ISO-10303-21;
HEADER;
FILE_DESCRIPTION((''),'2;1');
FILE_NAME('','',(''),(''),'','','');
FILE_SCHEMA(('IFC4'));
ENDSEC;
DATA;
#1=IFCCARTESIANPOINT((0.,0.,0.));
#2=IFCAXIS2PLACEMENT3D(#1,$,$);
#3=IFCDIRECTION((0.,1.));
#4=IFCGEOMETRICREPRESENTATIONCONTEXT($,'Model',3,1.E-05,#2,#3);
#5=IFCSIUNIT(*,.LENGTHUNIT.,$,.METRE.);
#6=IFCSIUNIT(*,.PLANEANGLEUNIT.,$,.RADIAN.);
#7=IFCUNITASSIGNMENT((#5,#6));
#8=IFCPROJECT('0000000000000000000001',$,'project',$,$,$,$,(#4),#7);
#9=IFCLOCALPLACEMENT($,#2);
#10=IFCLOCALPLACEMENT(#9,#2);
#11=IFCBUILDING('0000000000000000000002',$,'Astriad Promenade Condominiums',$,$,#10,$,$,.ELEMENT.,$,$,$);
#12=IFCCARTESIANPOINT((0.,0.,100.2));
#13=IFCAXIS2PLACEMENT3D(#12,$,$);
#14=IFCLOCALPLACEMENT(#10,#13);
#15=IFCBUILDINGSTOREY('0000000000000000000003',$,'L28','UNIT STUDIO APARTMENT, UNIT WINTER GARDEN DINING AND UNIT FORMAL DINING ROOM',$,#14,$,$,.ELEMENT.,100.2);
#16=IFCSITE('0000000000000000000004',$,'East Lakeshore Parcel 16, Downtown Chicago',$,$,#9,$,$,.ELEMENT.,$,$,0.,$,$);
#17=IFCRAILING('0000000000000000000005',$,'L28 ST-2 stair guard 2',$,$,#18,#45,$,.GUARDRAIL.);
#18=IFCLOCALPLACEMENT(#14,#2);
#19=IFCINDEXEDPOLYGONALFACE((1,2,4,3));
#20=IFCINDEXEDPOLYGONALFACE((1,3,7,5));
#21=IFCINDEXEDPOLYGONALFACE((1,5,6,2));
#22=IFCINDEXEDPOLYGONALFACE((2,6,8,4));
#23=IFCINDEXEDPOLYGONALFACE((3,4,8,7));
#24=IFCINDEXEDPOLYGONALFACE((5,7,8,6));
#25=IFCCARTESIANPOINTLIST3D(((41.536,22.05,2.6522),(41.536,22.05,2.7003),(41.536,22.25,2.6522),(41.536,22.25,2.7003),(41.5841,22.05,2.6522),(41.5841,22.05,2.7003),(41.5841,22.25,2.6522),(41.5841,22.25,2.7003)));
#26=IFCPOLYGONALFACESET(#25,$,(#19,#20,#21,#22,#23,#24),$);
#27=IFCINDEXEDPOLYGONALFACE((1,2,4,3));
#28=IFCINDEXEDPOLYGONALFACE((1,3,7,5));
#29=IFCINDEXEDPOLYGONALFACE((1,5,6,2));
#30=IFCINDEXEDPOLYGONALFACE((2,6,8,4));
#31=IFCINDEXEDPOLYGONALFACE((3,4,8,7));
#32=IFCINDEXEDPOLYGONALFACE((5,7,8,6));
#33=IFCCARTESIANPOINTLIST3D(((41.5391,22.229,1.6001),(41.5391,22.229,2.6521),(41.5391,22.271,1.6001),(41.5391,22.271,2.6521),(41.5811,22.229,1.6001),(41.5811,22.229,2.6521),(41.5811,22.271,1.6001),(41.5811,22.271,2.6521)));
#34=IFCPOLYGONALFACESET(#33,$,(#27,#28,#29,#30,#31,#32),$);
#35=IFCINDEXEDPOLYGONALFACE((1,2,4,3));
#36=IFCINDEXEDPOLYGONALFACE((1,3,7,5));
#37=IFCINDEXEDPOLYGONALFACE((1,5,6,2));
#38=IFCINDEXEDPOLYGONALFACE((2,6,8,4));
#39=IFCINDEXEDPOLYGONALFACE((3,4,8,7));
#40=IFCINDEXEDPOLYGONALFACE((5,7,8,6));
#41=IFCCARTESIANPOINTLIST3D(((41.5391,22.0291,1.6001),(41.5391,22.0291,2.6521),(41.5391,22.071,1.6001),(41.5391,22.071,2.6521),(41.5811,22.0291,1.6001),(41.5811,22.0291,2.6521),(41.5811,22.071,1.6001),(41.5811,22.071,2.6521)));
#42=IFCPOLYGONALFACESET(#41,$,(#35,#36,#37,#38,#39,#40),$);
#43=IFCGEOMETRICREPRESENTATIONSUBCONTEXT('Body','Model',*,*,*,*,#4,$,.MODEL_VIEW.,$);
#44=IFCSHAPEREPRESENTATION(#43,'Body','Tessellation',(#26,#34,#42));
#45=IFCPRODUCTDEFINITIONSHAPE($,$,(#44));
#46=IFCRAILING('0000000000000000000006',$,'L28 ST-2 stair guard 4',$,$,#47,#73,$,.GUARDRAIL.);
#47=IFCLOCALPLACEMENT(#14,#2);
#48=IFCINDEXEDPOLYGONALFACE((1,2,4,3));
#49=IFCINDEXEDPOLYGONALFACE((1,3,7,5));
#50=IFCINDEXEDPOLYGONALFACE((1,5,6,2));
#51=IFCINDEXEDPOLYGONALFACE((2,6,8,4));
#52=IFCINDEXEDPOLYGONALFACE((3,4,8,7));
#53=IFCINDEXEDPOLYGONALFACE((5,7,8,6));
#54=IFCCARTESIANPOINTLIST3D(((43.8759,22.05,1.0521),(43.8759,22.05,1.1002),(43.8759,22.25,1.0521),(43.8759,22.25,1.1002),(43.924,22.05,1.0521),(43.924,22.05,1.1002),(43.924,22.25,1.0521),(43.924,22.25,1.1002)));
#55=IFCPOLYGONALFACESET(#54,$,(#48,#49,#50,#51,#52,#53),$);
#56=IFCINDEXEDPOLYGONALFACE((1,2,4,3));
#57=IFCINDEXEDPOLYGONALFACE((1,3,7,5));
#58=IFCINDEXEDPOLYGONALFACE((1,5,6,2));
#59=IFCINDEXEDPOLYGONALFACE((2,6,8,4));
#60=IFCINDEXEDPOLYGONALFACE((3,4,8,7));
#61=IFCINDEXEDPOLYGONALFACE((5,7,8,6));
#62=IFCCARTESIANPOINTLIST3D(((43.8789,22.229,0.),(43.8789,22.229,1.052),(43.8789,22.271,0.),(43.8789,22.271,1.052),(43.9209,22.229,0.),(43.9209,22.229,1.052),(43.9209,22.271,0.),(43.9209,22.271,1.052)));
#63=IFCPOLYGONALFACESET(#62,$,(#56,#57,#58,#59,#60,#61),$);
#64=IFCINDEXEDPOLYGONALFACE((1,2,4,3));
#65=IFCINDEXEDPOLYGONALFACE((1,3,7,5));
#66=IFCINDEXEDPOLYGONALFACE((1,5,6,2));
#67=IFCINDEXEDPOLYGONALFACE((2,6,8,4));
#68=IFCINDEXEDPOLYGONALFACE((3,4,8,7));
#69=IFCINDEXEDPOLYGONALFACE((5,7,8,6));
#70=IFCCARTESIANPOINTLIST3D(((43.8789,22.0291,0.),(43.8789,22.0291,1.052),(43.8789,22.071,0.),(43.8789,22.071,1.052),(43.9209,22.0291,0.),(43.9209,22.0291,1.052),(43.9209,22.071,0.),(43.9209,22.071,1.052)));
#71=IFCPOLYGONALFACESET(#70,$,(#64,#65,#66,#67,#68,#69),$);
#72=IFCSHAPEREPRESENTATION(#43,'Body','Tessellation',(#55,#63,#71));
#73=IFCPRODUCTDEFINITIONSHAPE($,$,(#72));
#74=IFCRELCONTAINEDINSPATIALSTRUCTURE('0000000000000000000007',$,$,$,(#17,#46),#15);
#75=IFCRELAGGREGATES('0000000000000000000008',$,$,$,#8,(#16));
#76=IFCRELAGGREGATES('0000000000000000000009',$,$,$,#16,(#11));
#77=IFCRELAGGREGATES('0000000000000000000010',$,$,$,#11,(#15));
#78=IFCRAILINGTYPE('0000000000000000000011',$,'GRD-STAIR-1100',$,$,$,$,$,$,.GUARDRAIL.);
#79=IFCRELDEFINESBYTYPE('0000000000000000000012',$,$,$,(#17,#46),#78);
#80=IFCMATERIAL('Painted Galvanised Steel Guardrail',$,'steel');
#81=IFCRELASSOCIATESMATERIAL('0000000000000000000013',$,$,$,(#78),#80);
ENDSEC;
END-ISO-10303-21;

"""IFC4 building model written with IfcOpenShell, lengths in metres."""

from ifc_helpers import new_model, si_unit, direction, frame, origin, origin_2d, place, context, subcontext, project, spatial, rectangle, extrude, source, transform, mapped, material, type_object, element, save


model = new_model("IFC4")

# Units and contexts
model_context = context("Model", 3, precision=1e-05, world=origin(), true_north=direction((0.0, 1.0)))
body_context = subcontext(model_context, "Body", "Model", "MODEL_VIEW")
ifc_project = project(units=[si_unit("LENGTHUNIT", "METRE"), si_unit("PLANEANGLEUNIT", "RADIAN")], contexts=[model_context])

# Site, building, storey
site_placement = place(None, origin())
site = spatial("IfcSite", under=ifc_project, at=site_placement, Name="East Lakeshore Parcel 16, Downtown Chicago", CompositionType="ELEMENT", RefElevation=0.0)
building_placement = place(site_placement, origin())
building = spatial("IfcBuilding", under=site, at=building_placement, Name="Astriad Promenade Condominiums", CompositionType="ELEMENT")
storey_placement = place(building_placement, frame((0.0, 0.0, 100.2)))
storey = spatial("IfcBuildingStorey", under=building, at=storey_placement, Name="L28", Description="UNIT STUDIO APARTMENT, UNIT WINTER GARDEN DINING AND UNIT FORMAL DINING ROOM", CompositionType="ELEMENT", Elevation=100.2)

# Railings
ifc_material_1 = material(Name="Painted Galvanised Steel Guardrail", Category="steel")
railing_type_1 = type_object("IfcRailingType", Name="GRD-STAIR-1100", PredefinedType="GUARDRAIL", material=ifc_material_1)
shared_shape_1 = source(origin(), body_context, "Body", "SweptSolid", [
    extrude(rectangle(XDim=0.0481, YDim=0.0481, at=origin_2d()), frame((0.0, 0.0, 1.0762), z_axis=(0.0, -1.0, 0.0), x_axis=(1.0, 0.0, 0.0)), (0.0, 0.0, 1.0), 0.2),
    extrude(rectangle(XDim=0.042, YDim=0.042, at=origin_2d()), origin(), (0.0, 0.0, 1.0), 1.052),
    extrude(rectangle(XDim=0.042, YDim=0.042, at=origin_2d()), frame((0.0, -0.2, 0.0)), (0.0, 0.0, 1.0), 1.052),
])
for number, where, name in (
    (1, (41.5601, 22.25, 1.6001), "L28 ST-2 stair guard 2"),
    (2, (43.8999, 22.25, 0.0), "L28 ST-2 stair guard 4"),
):
    element("IfcRailing", number, at=place(storey_placement, frame(where)), inside=storey, type_object=railing_type_1, Name=name, PredefinedType="GUARDRAIL", context=body_context, shape_type="MappedRepresentation", body=[
        mapped(shared_shape_1, transform((0.0, 0.0, 0.0), scale=1.0)),
    ])

save(model, "model.ifc")
